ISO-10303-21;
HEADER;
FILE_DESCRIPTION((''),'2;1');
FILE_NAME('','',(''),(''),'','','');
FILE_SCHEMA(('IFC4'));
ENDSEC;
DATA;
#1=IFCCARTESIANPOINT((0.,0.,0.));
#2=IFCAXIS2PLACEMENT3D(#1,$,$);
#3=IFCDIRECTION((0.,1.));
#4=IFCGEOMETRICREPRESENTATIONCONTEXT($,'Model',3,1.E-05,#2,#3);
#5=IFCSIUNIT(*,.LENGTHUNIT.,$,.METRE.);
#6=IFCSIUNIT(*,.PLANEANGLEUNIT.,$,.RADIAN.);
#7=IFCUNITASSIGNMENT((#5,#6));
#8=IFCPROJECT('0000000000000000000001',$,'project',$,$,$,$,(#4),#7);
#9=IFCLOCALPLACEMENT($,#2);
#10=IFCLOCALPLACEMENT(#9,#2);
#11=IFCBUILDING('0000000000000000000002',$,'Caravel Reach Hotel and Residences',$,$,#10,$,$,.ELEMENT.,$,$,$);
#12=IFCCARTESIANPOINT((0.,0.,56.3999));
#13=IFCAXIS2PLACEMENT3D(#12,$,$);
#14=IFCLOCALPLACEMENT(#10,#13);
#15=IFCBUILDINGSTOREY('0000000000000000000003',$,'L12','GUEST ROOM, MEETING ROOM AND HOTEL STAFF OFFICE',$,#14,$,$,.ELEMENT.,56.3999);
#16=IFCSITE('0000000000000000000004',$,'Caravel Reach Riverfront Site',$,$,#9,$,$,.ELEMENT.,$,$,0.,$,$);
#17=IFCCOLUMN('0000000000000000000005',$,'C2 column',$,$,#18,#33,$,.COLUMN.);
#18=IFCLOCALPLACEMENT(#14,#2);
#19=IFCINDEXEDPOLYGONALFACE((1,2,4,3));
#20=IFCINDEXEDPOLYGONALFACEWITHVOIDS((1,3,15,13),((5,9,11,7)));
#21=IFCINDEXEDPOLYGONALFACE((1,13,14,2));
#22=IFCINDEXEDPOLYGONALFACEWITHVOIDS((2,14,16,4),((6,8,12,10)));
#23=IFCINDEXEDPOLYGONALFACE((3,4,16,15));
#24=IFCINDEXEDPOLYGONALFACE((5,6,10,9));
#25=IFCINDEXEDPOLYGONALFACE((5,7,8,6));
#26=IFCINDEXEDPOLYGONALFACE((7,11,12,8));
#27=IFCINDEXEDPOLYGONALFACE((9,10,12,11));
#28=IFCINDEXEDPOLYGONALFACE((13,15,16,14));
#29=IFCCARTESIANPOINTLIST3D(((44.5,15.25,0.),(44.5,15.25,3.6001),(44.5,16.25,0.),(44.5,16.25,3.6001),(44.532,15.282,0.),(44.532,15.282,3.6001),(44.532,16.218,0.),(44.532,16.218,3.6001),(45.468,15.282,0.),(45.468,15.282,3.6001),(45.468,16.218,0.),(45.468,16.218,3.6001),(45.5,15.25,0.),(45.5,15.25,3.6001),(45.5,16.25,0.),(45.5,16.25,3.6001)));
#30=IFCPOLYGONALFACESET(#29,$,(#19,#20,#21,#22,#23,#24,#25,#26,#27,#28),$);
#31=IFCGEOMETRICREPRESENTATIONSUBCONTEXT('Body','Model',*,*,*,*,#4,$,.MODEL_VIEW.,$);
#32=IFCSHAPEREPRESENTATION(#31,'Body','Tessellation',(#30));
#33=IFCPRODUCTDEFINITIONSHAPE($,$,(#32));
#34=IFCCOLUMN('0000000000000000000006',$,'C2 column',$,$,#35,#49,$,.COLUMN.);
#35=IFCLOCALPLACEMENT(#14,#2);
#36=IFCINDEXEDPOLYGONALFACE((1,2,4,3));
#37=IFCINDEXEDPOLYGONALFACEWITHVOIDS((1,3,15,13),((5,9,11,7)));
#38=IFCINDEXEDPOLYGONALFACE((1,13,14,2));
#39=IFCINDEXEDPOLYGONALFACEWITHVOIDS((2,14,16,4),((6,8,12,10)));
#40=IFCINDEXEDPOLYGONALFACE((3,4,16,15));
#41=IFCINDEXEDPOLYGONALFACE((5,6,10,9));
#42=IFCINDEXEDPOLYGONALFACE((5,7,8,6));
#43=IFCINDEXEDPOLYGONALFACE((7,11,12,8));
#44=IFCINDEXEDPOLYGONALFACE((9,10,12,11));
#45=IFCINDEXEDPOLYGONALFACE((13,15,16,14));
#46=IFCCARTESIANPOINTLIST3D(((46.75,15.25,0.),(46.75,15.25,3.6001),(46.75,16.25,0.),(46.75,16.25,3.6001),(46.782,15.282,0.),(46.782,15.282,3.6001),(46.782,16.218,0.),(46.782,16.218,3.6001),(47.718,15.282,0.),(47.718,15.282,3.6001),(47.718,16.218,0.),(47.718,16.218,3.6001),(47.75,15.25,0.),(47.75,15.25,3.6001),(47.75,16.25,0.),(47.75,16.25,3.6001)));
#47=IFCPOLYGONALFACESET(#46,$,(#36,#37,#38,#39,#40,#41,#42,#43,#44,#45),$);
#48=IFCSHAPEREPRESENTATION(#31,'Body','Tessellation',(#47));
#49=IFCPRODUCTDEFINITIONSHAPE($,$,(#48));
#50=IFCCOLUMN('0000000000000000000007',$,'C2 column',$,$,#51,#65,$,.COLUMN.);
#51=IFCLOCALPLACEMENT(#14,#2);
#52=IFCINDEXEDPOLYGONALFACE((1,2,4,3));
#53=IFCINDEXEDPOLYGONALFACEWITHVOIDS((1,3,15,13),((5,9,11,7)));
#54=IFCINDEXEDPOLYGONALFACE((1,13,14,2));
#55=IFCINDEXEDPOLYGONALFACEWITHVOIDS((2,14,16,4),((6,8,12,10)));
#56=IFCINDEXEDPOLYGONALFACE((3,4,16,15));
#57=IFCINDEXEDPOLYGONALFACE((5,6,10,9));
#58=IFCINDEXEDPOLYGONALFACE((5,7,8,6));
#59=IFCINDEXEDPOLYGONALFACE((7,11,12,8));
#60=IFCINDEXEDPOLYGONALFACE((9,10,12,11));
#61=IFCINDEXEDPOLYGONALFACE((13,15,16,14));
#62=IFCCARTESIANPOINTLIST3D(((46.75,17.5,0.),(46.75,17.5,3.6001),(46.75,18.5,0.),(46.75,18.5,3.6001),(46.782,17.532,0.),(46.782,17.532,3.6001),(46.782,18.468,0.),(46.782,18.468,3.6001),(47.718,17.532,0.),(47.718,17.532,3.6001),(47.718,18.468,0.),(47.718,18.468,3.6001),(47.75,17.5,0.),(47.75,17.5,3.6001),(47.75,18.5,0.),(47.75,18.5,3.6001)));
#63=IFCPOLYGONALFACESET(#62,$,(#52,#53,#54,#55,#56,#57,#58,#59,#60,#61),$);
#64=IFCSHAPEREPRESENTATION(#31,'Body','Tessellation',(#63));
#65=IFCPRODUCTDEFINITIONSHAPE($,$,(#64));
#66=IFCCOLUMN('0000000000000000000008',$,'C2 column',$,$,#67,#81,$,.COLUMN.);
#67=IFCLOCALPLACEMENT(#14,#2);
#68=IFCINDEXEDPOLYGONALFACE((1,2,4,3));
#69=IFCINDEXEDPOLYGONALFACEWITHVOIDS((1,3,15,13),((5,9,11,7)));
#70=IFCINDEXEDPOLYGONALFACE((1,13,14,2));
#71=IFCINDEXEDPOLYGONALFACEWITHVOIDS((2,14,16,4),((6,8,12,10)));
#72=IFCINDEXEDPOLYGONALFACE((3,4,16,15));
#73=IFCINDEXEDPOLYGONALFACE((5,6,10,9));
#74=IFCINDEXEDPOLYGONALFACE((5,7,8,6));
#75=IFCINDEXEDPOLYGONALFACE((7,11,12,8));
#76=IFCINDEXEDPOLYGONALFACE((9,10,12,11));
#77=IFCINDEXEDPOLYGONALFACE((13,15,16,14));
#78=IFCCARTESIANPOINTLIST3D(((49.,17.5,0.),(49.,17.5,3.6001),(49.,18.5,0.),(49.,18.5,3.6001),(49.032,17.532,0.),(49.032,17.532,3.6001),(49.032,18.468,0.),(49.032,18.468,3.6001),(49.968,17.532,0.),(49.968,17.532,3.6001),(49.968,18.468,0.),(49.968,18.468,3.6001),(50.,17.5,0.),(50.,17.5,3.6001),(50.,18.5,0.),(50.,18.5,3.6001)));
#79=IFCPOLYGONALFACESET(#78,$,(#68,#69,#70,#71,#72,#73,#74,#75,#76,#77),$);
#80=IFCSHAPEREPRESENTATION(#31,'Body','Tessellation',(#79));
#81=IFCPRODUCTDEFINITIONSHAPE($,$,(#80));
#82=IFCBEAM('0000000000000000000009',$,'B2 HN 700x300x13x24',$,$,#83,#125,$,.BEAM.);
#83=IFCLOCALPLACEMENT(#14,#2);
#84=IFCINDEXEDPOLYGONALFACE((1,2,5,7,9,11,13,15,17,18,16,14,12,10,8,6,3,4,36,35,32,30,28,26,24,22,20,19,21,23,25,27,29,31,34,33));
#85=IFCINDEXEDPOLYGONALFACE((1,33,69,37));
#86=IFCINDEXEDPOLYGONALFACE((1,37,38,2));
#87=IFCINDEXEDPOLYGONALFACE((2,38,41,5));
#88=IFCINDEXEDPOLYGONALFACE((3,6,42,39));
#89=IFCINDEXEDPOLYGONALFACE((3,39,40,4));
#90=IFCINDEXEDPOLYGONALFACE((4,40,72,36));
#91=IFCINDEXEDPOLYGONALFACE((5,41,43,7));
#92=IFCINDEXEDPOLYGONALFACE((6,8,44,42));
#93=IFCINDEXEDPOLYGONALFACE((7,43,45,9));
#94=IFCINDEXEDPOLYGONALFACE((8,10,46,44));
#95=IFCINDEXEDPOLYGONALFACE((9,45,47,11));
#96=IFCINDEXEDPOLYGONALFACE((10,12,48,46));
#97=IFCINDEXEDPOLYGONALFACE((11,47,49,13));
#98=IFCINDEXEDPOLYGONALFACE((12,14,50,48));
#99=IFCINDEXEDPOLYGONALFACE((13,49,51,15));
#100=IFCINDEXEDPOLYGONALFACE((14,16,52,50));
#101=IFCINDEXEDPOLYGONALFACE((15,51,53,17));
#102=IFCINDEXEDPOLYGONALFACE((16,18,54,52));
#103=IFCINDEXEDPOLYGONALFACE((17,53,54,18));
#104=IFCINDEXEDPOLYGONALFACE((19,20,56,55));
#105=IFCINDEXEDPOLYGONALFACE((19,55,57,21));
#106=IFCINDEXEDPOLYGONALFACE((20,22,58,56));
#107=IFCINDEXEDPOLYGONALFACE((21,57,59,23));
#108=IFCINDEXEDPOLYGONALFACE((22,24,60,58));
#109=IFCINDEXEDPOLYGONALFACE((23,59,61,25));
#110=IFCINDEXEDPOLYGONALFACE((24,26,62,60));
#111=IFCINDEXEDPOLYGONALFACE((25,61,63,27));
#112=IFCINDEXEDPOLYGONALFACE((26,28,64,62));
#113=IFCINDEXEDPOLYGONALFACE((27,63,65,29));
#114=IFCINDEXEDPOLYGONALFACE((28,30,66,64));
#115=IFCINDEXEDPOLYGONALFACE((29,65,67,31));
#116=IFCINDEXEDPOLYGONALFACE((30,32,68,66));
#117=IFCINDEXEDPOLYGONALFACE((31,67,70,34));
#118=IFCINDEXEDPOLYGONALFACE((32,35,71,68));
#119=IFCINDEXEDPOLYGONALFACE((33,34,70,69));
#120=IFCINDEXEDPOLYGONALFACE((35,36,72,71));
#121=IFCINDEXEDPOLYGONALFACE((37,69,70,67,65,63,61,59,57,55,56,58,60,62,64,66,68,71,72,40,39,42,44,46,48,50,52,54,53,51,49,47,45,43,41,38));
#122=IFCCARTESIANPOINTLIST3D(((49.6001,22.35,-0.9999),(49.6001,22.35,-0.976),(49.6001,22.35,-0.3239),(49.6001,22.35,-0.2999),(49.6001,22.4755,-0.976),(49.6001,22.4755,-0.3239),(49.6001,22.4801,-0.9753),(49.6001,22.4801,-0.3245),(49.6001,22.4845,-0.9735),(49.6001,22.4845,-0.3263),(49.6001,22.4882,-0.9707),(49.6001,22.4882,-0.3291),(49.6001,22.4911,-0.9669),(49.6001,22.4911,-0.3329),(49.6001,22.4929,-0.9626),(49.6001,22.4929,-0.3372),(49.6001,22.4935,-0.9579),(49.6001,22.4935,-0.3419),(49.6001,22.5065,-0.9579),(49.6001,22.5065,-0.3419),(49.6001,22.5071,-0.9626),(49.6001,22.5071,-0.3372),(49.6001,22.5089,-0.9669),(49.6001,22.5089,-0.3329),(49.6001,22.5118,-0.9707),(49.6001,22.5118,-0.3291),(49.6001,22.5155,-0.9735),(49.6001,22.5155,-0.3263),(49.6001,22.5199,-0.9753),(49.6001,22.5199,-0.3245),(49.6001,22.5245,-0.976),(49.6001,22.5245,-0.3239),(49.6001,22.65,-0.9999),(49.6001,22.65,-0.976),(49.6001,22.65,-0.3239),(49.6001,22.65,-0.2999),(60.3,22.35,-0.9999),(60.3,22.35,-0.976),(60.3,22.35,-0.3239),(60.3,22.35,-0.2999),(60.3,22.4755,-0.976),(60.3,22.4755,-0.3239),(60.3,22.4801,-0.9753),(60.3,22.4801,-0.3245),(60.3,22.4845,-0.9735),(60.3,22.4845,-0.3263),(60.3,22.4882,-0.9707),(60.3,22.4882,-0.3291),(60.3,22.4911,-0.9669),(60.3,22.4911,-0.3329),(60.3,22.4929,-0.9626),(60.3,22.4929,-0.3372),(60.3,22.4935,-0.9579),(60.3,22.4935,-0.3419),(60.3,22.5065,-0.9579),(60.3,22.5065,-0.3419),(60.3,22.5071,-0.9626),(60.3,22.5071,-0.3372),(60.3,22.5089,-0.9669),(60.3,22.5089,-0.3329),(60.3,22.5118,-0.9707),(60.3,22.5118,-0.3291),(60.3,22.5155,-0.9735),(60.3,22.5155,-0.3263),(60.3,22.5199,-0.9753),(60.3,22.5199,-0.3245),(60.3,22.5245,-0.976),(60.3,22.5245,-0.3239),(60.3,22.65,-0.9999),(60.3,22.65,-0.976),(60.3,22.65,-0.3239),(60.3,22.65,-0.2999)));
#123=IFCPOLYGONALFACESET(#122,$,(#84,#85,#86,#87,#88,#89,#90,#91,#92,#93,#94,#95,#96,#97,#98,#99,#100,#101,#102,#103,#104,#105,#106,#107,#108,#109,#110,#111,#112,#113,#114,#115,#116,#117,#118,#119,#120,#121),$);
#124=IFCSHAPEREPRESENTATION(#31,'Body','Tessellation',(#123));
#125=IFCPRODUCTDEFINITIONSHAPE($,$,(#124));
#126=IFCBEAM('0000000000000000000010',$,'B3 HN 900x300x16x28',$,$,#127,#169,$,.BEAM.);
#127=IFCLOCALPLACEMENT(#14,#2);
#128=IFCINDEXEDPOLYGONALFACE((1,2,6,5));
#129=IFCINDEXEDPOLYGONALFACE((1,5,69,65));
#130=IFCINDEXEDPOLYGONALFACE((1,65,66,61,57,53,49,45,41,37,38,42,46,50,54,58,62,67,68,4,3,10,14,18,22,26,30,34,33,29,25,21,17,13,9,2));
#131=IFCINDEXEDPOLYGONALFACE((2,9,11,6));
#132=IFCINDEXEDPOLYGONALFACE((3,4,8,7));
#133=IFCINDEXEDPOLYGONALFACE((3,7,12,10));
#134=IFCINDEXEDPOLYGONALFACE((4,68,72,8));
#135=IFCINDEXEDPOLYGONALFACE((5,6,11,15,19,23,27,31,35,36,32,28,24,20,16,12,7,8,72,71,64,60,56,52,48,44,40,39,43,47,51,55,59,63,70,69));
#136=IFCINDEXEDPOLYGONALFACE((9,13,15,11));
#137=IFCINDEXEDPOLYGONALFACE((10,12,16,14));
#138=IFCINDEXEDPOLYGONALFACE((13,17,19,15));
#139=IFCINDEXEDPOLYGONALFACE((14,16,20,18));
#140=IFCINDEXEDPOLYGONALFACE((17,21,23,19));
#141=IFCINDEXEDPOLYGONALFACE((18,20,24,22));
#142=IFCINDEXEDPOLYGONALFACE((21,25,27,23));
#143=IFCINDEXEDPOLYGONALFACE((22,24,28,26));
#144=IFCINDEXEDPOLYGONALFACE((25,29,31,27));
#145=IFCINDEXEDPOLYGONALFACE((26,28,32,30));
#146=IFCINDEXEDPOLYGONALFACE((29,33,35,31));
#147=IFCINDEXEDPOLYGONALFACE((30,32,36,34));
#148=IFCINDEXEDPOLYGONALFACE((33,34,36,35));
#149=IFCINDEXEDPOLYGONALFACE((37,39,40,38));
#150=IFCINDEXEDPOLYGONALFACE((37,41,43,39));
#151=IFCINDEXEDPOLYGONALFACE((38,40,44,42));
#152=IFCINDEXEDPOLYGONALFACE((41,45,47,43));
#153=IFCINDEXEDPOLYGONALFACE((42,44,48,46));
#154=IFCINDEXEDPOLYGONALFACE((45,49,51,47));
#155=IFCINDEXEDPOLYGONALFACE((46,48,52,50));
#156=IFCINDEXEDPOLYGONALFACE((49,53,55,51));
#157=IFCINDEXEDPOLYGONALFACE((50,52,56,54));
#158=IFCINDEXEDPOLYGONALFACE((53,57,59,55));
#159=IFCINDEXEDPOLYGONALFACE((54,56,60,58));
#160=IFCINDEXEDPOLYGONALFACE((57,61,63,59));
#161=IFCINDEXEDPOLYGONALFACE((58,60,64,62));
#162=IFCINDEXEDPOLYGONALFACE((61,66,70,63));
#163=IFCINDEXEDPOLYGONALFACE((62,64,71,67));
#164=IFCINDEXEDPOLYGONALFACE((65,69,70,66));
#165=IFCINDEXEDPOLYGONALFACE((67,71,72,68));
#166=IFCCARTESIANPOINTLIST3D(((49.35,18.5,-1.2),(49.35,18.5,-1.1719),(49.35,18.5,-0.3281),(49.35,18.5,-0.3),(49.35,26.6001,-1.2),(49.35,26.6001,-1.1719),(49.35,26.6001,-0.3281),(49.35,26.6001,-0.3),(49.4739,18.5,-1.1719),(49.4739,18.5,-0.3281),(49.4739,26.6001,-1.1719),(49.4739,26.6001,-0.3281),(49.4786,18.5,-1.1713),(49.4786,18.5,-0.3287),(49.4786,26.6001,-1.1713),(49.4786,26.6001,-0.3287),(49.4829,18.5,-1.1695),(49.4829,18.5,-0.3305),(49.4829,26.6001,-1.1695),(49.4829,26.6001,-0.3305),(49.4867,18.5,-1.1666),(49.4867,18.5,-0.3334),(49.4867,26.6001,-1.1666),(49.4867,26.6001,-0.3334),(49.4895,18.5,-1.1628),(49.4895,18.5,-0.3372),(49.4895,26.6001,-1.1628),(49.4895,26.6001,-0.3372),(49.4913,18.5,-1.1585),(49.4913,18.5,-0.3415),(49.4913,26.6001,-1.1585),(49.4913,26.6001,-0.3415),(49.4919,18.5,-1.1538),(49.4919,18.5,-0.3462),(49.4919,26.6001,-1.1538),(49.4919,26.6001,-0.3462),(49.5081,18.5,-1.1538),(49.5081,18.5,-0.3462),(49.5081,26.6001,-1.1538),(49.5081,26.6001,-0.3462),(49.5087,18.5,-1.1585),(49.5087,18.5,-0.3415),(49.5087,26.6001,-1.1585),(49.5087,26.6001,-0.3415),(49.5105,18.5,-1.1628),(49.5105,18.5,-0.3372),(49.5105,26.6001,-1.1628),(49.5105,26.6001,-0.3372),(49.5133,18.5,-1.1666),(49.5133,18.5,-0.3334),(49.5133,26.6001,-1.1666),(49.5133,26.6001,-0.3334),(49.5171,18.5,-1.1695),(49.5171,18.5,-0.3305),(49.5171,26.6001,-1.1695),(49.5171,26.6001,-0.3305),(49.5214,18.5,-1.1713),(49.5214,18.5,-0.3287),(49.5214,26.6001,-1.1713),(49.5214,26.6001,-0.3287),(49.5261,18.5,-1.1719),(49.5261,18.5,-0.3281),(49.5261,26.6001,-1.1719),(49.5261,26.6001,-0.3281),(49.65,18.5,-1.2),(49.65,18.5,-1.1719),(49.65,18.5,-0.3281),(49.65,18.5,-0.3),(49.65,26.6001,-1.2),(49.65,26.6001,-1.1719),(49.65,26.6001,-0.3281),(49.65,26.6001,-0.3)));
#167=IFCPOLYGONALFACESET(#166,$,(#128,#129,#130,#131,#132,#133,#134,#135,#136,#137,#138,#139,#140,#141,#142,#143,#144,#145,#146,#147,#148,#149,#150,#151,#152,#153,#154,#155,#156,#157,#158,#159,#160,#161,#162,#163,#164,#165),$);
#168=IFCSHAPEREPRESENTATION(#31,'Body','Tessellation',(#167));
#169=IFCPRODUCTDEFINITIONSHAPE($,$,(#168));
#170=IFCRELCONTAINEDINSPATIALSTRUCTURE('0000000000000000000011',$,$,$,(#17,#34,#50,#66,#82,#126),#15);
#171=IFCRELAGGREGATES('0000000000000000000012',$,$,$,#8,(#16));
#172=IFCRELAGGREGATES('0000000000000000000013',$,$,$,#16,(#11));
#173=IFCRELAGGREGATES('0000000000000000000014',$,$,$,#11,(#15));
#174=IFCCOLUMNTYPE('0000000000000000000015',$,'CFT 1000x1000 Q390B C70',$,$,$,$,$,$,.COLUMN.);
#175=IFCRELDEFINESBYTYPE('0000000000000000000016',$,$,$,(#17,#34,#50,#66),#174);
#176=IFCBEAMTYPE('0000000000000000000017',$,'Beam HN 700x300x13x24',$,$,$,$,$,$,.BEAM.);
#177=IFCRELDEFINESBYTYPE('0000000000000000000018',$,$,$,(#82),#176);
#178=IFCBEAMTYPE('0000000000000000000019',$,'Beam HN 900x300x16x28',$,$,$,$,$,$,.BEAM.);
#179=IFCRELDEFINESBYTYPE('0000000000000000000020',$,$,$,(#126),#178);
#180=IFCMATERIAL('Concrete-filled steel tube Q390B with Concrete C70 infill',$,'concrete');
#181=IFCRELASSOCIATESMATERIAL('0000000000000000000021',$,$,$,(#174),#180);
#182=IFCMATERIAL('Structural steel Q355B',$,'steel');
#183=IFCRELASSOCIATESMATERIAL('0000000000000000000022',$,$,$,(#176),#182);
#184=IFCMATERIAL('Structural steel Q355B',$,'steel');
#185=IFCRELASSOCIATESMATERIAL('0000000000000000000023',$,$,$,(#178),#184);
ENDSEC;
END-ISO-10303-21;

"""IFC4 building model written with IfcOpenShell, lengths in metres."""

from ifc_helpers import new_model, si_unit, direction, frame, origin, origin_2d, place, context, subcontext, project, spatial, hollow_rectangle, i_section, extrude, material, material_profile, profile_set, type_object, element, save


model = new_model("IFC4")

# Units and contexts
model_context = context("Model", 3, precision=1e-05, world=origin(), true_north=direction((0.0, 1.0)))
body_context = subcontext(model_context, "Body", "Model", "MODEL_VIEW")
ifc_project = project(units=[si_unit("LENGTHUNIT", "METRE"), si_unit("PLANEANGLEUNIT", "RADIAN")], contexts=[model_context])

# Site, building, storey
site_placement = place(None, origin())
site = spatial("IfcSite", under=ifc_project, at=site_placement, Name="Caravel Reach Riverfront Site", CompositionType="ELEMENT", RefElevation=0.0)
building_placement = place(site_placement, origin())
building = spatial("IfcBuilding", under=site, at=building_placement, Name="Caravel Reach Hotel and Residences", CompositionType="ELEMENT")
storey_placement = place(building_placement, frame((0.0, 0.0, 56.3999)))
storey = spatial("IfcBuildingStorey", under=building, at=storey_placement, Name="L12", Description="GUEST ROOM, MEETING ROOM AND HOTEL STAFF OFFICE", CompositionType="ELEMENT", Elevation=56.3999)

# Columns
ifc_material_1 = material(Name="Concrete-filled steel tube Q390B with Concrete C70 infill", Category="concrete")
ifc_material_profile_1 = material_profile(ifc_material_1, hollow_rectangle(XDim=1.0, YDim=1.0, WallThickness=0.032, at=origin_2d()), Name="RHS 1000x1000x32")
ifc_profile_set_1 = profile_set([ifc_material_profile_1], Name="Concrete-filled steel tube Q390B with Concrete C70 infill")
column_type = type_object("IfcColumnType", Name="CFT 1000x1000 Q390B C70", PredefinedType="COLUMN", material=ifc_profile_set_1)
for number, where, z_axis, x_axis, name in (
    (1, (45.0, 15.75, 0.0), (0.0, 0.0, 1.0), (1.0, 0.0, 0.0), "C2 column"),
    (2, (47.25, 15.75, 0.0), (0.0, 0.0, 1.0), (1.0, 0.0, 0.0), "C2 column"),
    (3, (47.25, 18.0, 0.0), (0.0, 0.0, 1.0), (1.0, 0.0, 0.0), "C2 column"),
    (4, (49.5, 18.0, 0.0), (0.0, 0.0, 1.0), (1.0, 0.0, 0.0), "C2 column"),
):
    element("IfcColumn", number, at=place(storey_placement, frame(where, z_axis=z_axis, x_axis=x_axis)), inside=storey, type_object=column_type, Name=name, PredefinedType="COLUMN", context=body_context, shape_type="SweptSolid", body=[
        extrude(hollow_rectangle(XDim=1.0, YDim=1.0, WallThickness=0.032, at=origin_2d()), origin(), (0.0, 0.0, 1.0), 3.6001),
    ])

# Beams
ifc_material_2 = material(Name="Structural steel Q355B", Category="steel")
ifc_material_profile_2 = material_profile(ifc_material_2, i_section(OverallWidth=0.3, OverallDepth=0.7, WebThickness=0.0129, FlangeThickness=0.0239, FilletRadius=0.0181, at=origin_2d()), Name="HN 700x300x13x24")
ifc_profile_set_2 = profile_set([ifc_material_profile_2], Name="Structural steel Q355B")
beam_type_1 = type_object("IfcBeamType", Name="Beam HN 700x300x13x24", PredefinedType="BEAM", material=ifc_profile_set_2)
beam_1_placement = place(storey_placement, frame((49.6001, 22.5, -0.6499), z_axis=(1.0, 0.0, 0.0), x_axis=(0.0, 1.0, 0.0)))
element("IfcBeam", 5, at=beam_1_placement, inside=storey, type_object=beam_type_1, Name="B2 HN 700x300x13x24", PredefinedType="BEAM", context=body_context, shape_type="SweptSolid", body=[
    extrude(i_section(OverallWidth=0.3, OverallDepth=0.7, WebThickness=0.0129, FlangeThickness=0.0239, FilletRadius=0.0181, at=origin_2d()), origin(), (0.0, 0.0, 1.0), 10.7),
])
ifc_material_3 = material(Name="Structural steel Q355B", Category="steel")
ifc_material_profile_3 = material_profile(ifc_material_3, i_section(OverallWidth=0.3, OverallDepth=0.8999, WebThickness=0.0161, FlangeThickness=0.0281, FilletRadius=0.0181, at=origin_2d()), Name="HN 900x300x16x28")
ifc_profile_set_3 = profile_set([ifc_material_profile_3], Name="Structural steel Q355B")
beam_type_2 = type_object("IfcBeamType", Name="Beam HN 900x300x16x28", PredefinedType="BEAM", material=ifc_profile_set_3)
beam_2_placement = place(storey_placement, frame((49.5, 18.5, -0.75), z_axis=(0.0, 1.0, 0.0), x_axis=(-1.0, 0.0, 0.0)))
element("IfcBeam", 6, at=beam_2_placement, inside=storey, type_object=beam_type_2, Name="B3 HN 900x300x16x28", PredefinedType="BEAM", context=body_context, shape_type="SweptSolid", body=[
    extrude(i_section(OverallWidth=0.3, OverallDepth=0.8999, WebThickness=0.0161, FlangeThickness=0.0281, FilletRadius=0.0181, at=origin_2d()), origin(), (0.0, 0.0, 1.0), 8.1001),
])

save(model, "model.ifc")
